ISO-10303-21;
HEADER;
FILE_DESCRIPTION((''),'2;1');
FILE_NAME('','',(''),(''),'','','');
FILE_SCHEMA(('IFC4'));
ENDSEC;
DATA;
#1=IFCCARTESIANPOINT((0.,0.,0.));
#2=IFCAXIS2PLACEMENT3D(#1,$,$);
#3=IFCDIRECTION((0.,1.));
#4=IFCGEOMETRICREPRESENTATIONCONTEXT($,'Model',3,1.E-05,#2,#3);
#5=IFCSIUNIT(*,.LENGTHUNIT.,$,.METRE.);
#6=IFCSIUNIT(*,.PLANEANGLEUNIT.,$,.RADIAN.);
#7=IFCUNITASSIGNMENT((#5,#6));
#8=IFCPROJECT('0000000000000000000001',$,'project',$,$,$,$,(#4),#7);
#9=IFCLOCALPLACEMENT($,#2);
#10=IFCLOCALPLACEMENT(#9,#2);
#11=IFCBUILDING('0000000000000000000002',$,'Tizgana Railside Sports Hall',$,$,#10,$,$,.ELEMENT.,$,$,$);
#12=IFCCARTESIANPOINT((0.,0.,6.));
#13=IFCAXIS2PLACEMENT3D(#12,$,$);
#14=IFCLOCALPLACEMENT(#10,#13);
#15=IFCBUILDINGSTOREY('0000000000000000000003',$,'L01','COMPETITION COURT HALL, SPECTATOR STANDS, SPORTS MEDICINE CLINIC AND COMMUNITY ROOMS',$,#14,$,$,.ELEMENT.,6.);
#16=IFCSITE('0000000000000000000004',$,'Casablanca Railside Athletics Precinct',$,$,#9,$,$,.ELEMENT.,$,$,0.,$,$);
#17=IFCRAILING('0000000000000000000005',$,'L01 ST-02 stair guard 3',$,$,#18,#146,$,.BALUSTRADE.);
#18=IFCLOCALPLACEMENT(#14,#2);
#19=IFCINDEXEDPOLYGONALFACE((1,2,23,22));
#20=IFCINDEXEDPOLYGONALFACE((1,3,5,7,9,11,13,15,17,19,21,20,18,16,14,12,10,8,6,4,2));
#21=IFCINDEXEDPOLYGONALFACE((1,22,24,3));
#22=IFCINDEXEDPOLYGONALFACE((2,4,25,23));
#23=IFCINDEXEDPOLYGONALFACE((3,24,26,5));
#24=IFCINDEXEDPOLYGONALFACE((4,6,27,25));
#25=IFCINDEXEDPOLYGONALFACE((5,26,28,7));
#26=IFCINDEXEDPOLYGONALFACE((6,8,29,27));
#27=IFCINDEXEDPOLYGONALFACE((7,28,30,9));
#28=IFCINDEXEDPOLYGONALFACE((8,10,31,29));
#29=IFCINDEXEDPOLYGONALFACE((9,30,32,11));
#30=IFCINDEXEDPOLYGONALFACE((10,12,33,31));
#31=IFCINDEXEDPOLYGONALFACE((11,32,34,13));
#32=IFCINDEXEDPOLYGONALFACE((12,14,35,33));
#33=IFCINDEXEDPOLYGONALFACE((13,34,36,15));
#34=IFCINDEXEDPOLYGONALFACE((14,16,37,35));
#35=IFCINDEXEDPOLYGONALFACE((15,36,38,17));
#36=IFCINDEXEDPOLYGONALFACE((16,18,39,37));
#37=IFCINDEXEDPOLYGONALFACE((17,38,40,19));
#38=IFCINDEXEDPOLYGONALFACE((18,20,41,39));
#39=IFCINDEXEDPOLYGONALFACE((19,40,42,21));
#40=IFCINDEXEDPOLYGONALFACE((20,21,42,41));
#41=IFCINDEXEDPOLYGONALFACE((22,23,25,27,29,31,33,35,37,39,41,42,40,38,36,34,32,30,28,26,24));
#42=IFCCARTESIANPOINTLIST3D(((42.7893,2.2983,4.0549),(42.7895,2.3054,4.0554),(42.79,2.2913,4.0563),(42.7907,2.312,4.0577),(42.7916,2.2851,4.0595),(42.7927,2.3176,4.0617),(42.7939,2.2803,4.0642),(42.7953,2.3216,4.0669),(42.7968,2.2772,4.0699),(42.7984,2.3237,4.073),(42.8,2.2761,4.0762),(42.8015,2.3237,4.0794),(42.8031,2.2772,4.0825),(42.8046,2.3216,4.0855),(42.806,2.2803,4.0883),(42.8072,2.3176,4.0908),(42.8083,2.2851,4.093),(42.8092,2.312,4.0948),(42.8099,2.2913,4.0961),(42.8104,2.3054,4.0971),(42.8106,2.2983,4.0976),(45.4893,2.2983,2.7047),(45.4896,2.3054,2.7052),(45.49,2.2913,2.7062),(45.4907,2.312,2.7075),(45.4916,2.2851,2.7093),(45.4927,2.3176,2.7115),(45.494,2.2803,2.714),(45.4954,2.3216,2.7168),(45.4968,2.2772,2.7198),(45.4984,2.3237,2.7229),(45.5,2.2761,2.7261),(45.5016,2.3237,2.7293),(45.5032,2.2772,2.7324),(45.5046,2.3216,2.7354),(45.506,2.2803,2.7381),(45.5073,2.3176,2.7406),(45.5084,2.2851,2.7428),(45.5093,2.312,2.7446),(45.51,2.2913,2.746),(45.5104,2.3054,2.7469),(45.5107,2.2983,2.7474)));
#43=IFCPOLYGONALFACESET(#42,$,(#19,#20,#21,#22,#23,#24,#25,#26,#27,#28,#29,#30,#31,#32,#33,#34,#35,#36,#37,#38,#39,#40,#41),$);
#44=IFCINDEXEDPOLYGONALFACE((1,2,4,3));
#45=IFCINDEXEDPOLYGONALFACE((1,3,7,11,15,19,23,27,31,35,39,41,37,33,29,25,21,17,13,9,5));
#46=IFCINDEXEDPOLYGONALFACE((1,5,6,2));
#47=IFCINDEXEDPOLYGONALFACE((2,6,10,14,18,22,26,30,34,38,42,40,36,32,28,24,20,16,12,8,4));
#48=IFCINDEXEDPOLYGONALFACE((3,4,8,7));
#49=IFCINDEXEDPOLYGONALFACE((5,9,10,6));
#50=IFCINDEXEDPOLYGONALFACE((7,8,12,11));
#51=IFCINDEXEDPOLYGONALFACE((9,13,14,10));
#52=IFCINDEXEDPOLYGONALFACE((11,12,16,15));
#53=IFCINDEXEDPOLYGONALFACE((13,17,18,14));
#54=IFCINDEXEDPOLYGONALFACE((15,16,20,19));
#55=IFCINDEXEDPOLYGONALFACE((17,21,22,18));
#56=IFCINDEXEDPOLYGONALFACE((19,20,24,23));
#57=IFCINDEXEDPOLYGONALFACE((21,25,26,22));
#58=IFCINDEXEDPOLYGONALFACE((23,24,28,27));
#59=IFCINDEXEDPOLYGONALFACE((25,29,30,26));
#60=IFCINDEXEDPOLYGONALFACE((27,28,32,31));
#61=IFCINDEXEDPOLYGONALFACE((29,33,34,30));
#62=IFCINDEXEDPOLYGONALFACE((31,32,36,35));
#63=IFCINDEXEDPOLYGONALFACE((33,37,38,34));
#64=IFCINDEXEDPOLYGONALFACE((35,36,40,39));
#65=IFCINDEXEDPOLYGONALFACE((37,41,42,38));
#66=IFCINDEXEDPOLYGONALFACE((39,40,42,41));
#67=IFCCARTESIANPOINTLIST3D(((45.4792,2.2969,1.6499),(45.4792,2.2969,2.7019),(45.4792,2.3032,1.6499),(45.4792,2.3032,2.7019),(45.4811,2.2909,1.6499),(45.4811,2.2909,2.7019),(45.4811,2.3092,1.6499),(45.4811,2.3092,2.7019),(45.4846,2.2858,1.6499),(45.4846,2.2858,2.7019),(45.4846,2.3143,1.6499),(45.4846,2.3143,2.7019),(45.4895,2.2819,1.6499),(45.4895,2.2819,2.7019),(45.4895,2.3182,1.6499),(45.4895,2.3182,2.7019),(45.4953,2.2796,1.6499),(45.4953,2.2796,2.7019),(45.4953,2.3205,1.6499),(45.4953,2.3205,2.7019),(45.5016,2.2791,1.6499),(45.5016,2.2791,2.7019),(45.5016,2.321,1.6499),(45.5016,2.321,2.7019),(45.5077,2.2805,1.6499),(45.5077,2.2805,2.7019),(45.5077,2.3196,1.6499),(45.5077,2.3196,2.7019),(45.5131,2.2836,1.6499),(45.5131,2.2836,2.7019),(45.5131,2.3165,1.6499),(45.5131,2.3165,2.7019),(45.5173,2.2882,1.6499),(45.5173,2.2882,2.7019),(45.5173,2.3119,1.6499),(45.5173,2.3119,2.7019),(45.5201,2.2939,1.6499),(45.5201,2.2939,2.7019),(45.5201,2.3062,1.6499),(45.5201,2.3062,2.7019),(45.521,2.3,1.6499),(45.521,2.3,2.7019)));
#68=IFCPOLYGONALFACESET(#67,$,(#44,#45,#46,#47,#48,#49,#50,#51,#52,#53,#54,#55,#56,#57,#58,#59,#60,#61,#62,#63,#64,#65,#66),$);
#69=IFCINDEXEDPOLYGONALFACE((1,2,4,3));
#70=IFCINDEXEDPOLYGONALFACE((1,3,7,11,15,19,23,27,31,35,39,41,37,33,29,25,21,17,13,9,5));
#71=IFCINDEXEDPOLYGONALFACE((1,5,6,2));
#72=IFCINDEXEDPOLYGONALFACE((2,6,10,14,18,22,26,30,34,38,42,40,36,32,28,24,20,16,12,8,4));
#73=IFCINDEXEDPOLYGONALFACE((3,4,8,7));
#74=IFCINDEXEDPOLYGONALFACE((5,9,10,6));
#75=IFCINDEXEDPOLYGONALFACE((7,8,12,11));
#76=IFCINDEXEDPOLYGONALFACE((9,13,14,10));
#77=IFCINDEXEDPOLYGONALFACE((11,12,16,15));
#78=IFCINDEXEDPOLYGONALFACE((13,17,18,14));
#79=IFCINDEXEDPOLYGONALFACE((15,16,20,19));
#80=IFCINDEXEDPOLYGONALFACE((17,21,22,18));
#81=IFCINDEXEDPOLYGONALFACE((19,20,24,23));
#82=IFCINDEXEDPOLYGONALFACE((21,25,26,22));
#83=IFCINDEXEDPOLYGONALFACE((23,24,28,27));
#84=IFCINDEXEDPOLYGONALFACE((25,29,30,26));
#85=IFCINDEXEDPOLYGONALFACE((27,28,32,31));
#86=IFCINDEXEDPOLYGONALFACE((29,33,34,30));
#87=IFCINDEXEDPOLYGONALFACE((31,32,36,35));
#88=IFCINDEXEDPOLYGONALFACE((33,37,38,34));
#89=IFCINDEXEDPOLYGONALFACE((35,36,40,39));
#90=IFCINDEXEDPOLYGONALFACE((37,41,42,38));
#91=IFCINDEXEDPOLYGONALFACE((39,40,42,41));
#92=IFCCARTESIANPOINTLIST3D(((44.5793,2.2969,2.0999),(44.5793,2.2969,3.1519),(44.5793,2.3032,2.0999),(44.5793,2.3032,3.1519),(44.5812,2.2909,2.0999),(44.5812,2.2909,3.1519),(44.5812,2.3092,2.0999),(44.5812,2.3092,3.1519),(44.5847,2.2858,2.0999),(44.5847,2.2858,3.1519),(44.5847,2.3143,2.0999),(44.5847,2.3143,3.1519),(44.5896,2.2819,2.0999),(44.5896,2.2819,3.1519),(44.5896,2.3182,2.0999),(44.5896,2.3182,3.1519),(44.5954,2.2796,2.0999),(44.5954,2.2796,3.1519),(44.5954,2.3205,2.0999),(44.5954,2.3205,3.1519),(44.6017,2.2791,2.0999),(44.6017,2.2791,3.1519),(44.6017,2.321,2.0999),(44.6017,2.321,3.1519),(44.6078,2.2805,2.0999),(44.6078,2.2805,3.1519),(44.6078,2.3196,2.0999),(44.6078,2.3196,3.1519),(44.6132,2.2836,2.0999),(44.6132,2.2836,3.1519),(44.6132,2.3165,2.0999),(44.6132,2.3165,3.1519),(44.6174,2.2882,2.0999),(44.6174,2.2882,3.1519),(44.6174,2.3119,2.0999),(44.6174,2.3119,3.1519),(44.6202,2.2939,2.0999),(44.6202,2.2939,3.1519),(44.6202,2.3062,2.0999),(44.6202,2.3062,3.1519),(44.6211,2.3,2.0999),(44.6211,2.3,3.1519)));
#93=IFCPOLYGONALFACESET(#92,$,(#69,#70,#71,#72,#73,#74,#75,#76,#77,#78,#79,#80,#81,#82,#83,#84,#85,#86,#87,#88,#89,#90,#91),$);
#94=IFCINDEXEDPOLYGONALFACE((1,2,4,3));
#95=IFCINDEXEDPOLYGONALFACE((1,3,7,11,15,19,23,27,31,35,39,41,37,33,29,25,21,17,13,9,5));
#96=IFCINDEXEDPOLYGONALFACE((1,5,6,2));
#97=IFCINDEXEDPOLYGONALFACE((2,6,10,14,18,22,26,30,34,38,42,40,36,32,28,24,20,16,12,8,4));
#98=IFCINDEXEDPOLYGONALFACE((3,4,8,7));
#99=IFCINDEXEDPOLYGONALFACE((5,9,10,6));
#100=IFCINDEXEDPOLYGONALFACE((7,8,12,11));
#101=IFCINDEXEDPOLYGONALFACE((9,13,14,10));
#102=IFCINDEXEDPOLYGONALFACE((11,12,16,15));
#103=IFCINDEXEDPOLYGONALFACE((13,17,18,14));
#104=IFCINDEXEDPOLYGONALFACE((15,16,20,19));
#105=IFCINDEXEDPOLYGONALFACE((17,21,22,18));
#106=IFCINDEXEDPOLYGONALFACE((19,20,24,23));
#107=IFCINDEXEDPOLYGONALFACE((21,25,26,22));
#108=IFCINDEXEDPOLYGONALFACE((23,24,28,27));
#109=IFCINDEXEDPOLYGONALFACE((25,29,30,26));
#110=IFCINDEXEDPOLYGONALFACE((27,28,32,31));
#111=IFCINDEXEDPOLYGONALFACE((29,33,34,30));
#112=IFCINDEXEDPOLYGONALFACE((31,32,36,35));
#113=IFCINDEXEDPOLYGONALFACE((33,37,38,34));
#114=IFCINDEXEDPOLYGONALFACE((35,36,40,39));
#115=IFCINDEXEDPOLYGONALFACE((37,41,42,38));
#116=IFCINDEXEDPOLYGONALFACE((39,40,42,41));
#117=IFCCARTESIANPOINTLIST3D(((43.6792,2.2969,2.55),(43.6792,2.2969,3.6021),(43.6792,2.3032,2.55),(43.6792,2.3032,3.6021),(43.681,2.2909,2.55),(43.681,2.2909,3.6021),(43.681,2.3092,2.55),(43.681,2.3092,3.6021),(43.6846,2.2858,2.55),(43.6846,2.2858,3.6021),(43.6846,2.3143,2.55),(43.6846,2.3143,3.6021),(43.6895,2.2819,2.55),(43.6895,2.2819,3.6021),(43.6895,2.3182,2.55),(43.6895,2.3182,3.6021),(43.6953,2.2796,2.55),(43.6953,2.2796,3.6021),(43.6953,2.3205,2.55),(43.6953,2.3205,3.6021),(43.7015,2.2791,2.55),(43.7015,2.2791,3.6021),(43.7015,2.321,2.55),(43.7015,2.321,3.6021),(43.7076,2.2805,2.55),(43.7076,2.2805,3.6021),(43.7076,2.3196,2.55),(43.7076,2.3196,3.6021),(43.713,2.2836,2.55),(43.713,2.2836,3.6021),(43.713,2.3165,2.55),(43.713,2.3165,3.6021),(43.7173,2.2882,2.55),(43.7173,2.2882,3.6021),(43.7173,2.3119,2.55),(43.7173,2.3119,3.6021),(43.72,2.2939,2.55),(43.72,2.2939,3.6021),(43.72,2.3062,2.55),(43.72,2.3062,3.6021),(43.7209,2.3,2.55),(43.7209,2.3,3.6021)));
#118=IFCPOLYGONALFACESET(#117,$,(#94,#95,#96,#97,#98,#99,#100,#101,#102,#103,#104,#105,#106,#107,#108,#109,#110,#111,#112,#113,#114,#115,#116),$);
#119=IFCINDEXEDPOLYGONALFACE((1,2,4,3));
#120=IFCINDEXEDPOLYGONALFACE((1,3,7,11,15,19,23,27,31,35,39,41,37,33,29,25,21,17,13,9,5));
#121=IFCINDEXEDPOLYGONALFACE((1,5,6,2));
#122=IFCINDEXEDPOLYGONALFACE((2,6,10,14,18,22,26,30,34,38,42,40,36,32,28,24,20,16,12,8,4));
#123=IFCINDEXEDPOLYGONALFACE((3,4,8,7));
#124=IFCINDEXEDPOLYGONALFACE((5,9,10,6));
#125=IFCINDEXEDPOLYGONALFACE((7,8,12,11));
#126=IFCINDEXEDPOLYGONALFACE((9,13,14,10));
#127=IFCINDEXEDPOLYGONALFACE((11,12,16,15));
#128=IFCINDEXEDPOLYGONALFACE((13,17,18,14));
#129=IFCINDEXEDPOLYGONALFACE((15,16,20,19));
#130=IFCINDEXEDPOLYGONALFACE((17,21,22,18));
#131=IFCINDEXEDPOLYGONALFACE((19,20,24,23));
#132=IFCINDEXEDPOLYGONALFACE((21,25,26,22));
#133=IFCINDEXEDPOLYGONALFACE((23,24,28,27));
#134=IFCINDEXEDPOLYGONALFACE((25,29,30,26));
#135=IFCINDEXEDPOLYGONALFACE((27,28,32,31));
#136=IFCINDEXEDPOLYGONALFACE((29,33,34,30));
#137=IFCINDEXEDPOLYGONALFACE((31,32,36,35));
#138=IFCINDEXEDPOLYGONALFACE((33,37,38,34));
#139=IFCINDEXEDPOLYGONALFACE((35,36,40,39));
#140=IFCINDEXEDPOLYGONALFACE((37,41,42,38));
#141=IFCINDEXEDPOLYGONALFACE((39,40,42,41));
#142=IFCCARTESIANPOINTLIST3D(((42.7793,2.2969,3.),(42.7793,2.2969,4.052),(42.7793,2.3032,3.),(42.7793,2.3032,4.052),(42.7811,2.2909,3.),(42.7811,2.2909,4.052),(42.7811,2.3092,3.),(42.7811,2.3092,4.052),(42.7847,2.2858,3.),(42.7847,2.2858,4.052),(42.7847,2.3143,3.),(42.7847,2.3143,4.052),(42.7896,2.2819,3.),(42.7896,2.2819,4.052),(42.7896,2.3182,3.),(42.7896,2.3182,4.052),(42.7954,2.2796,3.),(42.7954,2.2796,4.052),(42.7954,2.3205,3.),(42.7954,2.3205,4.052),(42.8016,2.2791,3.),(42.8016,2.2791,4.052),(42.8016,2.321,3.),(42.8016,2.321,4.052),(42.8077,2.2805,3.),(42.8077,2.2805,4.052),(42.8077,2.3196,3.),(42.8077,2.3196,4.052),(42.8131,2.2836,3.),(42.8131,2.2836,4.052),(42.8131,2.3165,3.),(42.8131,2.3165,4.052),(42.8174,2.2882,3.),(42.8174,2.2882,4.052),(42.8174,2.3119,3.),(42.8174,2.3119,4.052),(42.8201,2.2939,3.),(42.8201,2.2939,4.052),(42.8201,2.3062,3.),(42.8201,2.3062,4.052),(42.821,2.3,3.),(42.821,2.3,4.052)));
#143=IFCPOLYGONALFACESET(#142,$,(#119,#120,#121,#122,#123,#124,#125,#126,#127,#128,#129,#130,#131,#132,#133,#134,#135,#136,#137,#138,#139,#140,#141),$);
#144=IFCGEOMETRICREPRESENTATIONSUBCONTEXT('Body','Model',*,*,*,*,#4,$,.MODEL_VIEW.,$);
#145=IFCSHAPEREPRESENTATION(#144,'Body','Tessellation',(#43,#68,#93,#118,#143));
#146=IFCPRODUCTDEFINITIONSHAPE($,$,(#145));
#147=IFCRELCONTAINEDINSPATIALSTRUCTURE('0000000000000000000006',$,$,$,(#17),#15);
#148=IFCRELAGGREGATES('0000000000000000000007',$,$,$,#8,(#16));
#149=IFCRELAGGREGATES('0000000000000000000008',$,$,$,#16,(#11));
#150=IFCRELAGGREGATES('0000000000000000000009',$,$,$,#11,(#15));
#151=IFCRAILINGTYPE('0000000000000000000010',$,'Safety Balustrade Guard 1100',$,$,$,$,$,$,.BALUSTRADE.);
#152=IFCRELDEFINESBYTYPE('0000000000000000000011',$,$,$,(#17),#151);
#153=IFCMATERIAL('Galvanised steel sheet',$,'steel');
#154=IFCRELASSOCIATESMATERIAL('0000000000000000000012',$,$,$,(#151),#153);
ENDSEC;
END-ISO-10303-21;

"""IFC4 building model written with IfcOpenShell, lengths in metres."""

from ifc_helpers import new_model, si_unit, direction, frame, origin, origin_2d, place, context, subcontext, project, spatial, circle, extrude, material, type_object, element, save


model = new_model("IFC4")

# Units and contexts
model_context = context("Model", 3, precision=1e-05, world=origin(), true_north=direction((0.0, 1.0)))
body_context = subcontext(model_context, "Body", "Model", "MODEL_VIEW")
ifc_project = project(units=[si_unit("LENGTHUNIT", "METRE"), si_unit("PLANEANGLEUNIT", "RADIAN")], contexts=[model_context])

# Site, building, storey
site_placement = place(None, origin())
site = spatial("IfcSite", under=ifc_project, at=site_placement, Name="Casablanca Railside Athletics Precinct", CompositionType="ELEMENT", RefElevation=0.0)
building_placement = place(site_placement, origin())
building = spatial("IfcBuilding", under=site, at=building_placement, Name="Tizgana Railside Sports Hall", CompositionType="ELEMENT")
storey_placement = place(building_placement, frame((0.0, 0.0, 6.0)))
storey = spatial("IfcBuildingStorey", under=building, at=storey_placement, Name="L01", Description="COMPETITION COURT HALL, SPECTATOR STANDS, SPORTS MEDICINE CLINIC AND COMMUNITY ROOMS", CompositionType="ELEMENT", Elevation=6.0)

# Railing
ifc_material_1 = material(Name="Galvanised steel sheet", Category="steel")
railing_type_1 = type_object("IfcRailingType", Name="Safety Balustrade Guard 1100", PredefinedType="BALUSTRADE", material=ifc_material_1)
for number, where, name in (
    (1, (45.5, 2.3, 1.6499), "L01 ST-02 stair guard 3"),
):
    element("IfcRailing", number, at=place(storey_placement, frame(where)), inside=storey, type_object=railing_type_1, Name=name, PredefinedType="BALUSTRADE", context=body_context, shape_type="SweptSolid", body=[
        extrude(circle(Radius=0.0239, at=origin_2d()), frame((0.0, 0.0, 1.0762), z_axis=(-0.894411, 0.0, 0.447246), x_axis=(0.0, -1.0, 0.0)), (0.0, 0.0, 1.0), 3.0188),
        extrude(circle(Radius=0.021, at=origin_2d()), origin(), (0.0, 0.0, 1.0), 1.052),
        extrude(circle(Radius=0.021, at=origin_2d()), frame((-0.8999, 0.0, 0.45)), (0.0, 0.0, 1.0), 1.052),
        extrude(circle(Radius=0.021, at=origin_2d()), frame((-1.8, 0.0, 0.9001)), (0.0, 0.0, 1.0), 1.052),
        extrude(circle(Radius=0.021, at=origin_2d()), frame((-2.7, 0.0, 1.3501)), (0.0, 0.0, 1.0), 1.052),
    ])

save(model, "model.ifc")
